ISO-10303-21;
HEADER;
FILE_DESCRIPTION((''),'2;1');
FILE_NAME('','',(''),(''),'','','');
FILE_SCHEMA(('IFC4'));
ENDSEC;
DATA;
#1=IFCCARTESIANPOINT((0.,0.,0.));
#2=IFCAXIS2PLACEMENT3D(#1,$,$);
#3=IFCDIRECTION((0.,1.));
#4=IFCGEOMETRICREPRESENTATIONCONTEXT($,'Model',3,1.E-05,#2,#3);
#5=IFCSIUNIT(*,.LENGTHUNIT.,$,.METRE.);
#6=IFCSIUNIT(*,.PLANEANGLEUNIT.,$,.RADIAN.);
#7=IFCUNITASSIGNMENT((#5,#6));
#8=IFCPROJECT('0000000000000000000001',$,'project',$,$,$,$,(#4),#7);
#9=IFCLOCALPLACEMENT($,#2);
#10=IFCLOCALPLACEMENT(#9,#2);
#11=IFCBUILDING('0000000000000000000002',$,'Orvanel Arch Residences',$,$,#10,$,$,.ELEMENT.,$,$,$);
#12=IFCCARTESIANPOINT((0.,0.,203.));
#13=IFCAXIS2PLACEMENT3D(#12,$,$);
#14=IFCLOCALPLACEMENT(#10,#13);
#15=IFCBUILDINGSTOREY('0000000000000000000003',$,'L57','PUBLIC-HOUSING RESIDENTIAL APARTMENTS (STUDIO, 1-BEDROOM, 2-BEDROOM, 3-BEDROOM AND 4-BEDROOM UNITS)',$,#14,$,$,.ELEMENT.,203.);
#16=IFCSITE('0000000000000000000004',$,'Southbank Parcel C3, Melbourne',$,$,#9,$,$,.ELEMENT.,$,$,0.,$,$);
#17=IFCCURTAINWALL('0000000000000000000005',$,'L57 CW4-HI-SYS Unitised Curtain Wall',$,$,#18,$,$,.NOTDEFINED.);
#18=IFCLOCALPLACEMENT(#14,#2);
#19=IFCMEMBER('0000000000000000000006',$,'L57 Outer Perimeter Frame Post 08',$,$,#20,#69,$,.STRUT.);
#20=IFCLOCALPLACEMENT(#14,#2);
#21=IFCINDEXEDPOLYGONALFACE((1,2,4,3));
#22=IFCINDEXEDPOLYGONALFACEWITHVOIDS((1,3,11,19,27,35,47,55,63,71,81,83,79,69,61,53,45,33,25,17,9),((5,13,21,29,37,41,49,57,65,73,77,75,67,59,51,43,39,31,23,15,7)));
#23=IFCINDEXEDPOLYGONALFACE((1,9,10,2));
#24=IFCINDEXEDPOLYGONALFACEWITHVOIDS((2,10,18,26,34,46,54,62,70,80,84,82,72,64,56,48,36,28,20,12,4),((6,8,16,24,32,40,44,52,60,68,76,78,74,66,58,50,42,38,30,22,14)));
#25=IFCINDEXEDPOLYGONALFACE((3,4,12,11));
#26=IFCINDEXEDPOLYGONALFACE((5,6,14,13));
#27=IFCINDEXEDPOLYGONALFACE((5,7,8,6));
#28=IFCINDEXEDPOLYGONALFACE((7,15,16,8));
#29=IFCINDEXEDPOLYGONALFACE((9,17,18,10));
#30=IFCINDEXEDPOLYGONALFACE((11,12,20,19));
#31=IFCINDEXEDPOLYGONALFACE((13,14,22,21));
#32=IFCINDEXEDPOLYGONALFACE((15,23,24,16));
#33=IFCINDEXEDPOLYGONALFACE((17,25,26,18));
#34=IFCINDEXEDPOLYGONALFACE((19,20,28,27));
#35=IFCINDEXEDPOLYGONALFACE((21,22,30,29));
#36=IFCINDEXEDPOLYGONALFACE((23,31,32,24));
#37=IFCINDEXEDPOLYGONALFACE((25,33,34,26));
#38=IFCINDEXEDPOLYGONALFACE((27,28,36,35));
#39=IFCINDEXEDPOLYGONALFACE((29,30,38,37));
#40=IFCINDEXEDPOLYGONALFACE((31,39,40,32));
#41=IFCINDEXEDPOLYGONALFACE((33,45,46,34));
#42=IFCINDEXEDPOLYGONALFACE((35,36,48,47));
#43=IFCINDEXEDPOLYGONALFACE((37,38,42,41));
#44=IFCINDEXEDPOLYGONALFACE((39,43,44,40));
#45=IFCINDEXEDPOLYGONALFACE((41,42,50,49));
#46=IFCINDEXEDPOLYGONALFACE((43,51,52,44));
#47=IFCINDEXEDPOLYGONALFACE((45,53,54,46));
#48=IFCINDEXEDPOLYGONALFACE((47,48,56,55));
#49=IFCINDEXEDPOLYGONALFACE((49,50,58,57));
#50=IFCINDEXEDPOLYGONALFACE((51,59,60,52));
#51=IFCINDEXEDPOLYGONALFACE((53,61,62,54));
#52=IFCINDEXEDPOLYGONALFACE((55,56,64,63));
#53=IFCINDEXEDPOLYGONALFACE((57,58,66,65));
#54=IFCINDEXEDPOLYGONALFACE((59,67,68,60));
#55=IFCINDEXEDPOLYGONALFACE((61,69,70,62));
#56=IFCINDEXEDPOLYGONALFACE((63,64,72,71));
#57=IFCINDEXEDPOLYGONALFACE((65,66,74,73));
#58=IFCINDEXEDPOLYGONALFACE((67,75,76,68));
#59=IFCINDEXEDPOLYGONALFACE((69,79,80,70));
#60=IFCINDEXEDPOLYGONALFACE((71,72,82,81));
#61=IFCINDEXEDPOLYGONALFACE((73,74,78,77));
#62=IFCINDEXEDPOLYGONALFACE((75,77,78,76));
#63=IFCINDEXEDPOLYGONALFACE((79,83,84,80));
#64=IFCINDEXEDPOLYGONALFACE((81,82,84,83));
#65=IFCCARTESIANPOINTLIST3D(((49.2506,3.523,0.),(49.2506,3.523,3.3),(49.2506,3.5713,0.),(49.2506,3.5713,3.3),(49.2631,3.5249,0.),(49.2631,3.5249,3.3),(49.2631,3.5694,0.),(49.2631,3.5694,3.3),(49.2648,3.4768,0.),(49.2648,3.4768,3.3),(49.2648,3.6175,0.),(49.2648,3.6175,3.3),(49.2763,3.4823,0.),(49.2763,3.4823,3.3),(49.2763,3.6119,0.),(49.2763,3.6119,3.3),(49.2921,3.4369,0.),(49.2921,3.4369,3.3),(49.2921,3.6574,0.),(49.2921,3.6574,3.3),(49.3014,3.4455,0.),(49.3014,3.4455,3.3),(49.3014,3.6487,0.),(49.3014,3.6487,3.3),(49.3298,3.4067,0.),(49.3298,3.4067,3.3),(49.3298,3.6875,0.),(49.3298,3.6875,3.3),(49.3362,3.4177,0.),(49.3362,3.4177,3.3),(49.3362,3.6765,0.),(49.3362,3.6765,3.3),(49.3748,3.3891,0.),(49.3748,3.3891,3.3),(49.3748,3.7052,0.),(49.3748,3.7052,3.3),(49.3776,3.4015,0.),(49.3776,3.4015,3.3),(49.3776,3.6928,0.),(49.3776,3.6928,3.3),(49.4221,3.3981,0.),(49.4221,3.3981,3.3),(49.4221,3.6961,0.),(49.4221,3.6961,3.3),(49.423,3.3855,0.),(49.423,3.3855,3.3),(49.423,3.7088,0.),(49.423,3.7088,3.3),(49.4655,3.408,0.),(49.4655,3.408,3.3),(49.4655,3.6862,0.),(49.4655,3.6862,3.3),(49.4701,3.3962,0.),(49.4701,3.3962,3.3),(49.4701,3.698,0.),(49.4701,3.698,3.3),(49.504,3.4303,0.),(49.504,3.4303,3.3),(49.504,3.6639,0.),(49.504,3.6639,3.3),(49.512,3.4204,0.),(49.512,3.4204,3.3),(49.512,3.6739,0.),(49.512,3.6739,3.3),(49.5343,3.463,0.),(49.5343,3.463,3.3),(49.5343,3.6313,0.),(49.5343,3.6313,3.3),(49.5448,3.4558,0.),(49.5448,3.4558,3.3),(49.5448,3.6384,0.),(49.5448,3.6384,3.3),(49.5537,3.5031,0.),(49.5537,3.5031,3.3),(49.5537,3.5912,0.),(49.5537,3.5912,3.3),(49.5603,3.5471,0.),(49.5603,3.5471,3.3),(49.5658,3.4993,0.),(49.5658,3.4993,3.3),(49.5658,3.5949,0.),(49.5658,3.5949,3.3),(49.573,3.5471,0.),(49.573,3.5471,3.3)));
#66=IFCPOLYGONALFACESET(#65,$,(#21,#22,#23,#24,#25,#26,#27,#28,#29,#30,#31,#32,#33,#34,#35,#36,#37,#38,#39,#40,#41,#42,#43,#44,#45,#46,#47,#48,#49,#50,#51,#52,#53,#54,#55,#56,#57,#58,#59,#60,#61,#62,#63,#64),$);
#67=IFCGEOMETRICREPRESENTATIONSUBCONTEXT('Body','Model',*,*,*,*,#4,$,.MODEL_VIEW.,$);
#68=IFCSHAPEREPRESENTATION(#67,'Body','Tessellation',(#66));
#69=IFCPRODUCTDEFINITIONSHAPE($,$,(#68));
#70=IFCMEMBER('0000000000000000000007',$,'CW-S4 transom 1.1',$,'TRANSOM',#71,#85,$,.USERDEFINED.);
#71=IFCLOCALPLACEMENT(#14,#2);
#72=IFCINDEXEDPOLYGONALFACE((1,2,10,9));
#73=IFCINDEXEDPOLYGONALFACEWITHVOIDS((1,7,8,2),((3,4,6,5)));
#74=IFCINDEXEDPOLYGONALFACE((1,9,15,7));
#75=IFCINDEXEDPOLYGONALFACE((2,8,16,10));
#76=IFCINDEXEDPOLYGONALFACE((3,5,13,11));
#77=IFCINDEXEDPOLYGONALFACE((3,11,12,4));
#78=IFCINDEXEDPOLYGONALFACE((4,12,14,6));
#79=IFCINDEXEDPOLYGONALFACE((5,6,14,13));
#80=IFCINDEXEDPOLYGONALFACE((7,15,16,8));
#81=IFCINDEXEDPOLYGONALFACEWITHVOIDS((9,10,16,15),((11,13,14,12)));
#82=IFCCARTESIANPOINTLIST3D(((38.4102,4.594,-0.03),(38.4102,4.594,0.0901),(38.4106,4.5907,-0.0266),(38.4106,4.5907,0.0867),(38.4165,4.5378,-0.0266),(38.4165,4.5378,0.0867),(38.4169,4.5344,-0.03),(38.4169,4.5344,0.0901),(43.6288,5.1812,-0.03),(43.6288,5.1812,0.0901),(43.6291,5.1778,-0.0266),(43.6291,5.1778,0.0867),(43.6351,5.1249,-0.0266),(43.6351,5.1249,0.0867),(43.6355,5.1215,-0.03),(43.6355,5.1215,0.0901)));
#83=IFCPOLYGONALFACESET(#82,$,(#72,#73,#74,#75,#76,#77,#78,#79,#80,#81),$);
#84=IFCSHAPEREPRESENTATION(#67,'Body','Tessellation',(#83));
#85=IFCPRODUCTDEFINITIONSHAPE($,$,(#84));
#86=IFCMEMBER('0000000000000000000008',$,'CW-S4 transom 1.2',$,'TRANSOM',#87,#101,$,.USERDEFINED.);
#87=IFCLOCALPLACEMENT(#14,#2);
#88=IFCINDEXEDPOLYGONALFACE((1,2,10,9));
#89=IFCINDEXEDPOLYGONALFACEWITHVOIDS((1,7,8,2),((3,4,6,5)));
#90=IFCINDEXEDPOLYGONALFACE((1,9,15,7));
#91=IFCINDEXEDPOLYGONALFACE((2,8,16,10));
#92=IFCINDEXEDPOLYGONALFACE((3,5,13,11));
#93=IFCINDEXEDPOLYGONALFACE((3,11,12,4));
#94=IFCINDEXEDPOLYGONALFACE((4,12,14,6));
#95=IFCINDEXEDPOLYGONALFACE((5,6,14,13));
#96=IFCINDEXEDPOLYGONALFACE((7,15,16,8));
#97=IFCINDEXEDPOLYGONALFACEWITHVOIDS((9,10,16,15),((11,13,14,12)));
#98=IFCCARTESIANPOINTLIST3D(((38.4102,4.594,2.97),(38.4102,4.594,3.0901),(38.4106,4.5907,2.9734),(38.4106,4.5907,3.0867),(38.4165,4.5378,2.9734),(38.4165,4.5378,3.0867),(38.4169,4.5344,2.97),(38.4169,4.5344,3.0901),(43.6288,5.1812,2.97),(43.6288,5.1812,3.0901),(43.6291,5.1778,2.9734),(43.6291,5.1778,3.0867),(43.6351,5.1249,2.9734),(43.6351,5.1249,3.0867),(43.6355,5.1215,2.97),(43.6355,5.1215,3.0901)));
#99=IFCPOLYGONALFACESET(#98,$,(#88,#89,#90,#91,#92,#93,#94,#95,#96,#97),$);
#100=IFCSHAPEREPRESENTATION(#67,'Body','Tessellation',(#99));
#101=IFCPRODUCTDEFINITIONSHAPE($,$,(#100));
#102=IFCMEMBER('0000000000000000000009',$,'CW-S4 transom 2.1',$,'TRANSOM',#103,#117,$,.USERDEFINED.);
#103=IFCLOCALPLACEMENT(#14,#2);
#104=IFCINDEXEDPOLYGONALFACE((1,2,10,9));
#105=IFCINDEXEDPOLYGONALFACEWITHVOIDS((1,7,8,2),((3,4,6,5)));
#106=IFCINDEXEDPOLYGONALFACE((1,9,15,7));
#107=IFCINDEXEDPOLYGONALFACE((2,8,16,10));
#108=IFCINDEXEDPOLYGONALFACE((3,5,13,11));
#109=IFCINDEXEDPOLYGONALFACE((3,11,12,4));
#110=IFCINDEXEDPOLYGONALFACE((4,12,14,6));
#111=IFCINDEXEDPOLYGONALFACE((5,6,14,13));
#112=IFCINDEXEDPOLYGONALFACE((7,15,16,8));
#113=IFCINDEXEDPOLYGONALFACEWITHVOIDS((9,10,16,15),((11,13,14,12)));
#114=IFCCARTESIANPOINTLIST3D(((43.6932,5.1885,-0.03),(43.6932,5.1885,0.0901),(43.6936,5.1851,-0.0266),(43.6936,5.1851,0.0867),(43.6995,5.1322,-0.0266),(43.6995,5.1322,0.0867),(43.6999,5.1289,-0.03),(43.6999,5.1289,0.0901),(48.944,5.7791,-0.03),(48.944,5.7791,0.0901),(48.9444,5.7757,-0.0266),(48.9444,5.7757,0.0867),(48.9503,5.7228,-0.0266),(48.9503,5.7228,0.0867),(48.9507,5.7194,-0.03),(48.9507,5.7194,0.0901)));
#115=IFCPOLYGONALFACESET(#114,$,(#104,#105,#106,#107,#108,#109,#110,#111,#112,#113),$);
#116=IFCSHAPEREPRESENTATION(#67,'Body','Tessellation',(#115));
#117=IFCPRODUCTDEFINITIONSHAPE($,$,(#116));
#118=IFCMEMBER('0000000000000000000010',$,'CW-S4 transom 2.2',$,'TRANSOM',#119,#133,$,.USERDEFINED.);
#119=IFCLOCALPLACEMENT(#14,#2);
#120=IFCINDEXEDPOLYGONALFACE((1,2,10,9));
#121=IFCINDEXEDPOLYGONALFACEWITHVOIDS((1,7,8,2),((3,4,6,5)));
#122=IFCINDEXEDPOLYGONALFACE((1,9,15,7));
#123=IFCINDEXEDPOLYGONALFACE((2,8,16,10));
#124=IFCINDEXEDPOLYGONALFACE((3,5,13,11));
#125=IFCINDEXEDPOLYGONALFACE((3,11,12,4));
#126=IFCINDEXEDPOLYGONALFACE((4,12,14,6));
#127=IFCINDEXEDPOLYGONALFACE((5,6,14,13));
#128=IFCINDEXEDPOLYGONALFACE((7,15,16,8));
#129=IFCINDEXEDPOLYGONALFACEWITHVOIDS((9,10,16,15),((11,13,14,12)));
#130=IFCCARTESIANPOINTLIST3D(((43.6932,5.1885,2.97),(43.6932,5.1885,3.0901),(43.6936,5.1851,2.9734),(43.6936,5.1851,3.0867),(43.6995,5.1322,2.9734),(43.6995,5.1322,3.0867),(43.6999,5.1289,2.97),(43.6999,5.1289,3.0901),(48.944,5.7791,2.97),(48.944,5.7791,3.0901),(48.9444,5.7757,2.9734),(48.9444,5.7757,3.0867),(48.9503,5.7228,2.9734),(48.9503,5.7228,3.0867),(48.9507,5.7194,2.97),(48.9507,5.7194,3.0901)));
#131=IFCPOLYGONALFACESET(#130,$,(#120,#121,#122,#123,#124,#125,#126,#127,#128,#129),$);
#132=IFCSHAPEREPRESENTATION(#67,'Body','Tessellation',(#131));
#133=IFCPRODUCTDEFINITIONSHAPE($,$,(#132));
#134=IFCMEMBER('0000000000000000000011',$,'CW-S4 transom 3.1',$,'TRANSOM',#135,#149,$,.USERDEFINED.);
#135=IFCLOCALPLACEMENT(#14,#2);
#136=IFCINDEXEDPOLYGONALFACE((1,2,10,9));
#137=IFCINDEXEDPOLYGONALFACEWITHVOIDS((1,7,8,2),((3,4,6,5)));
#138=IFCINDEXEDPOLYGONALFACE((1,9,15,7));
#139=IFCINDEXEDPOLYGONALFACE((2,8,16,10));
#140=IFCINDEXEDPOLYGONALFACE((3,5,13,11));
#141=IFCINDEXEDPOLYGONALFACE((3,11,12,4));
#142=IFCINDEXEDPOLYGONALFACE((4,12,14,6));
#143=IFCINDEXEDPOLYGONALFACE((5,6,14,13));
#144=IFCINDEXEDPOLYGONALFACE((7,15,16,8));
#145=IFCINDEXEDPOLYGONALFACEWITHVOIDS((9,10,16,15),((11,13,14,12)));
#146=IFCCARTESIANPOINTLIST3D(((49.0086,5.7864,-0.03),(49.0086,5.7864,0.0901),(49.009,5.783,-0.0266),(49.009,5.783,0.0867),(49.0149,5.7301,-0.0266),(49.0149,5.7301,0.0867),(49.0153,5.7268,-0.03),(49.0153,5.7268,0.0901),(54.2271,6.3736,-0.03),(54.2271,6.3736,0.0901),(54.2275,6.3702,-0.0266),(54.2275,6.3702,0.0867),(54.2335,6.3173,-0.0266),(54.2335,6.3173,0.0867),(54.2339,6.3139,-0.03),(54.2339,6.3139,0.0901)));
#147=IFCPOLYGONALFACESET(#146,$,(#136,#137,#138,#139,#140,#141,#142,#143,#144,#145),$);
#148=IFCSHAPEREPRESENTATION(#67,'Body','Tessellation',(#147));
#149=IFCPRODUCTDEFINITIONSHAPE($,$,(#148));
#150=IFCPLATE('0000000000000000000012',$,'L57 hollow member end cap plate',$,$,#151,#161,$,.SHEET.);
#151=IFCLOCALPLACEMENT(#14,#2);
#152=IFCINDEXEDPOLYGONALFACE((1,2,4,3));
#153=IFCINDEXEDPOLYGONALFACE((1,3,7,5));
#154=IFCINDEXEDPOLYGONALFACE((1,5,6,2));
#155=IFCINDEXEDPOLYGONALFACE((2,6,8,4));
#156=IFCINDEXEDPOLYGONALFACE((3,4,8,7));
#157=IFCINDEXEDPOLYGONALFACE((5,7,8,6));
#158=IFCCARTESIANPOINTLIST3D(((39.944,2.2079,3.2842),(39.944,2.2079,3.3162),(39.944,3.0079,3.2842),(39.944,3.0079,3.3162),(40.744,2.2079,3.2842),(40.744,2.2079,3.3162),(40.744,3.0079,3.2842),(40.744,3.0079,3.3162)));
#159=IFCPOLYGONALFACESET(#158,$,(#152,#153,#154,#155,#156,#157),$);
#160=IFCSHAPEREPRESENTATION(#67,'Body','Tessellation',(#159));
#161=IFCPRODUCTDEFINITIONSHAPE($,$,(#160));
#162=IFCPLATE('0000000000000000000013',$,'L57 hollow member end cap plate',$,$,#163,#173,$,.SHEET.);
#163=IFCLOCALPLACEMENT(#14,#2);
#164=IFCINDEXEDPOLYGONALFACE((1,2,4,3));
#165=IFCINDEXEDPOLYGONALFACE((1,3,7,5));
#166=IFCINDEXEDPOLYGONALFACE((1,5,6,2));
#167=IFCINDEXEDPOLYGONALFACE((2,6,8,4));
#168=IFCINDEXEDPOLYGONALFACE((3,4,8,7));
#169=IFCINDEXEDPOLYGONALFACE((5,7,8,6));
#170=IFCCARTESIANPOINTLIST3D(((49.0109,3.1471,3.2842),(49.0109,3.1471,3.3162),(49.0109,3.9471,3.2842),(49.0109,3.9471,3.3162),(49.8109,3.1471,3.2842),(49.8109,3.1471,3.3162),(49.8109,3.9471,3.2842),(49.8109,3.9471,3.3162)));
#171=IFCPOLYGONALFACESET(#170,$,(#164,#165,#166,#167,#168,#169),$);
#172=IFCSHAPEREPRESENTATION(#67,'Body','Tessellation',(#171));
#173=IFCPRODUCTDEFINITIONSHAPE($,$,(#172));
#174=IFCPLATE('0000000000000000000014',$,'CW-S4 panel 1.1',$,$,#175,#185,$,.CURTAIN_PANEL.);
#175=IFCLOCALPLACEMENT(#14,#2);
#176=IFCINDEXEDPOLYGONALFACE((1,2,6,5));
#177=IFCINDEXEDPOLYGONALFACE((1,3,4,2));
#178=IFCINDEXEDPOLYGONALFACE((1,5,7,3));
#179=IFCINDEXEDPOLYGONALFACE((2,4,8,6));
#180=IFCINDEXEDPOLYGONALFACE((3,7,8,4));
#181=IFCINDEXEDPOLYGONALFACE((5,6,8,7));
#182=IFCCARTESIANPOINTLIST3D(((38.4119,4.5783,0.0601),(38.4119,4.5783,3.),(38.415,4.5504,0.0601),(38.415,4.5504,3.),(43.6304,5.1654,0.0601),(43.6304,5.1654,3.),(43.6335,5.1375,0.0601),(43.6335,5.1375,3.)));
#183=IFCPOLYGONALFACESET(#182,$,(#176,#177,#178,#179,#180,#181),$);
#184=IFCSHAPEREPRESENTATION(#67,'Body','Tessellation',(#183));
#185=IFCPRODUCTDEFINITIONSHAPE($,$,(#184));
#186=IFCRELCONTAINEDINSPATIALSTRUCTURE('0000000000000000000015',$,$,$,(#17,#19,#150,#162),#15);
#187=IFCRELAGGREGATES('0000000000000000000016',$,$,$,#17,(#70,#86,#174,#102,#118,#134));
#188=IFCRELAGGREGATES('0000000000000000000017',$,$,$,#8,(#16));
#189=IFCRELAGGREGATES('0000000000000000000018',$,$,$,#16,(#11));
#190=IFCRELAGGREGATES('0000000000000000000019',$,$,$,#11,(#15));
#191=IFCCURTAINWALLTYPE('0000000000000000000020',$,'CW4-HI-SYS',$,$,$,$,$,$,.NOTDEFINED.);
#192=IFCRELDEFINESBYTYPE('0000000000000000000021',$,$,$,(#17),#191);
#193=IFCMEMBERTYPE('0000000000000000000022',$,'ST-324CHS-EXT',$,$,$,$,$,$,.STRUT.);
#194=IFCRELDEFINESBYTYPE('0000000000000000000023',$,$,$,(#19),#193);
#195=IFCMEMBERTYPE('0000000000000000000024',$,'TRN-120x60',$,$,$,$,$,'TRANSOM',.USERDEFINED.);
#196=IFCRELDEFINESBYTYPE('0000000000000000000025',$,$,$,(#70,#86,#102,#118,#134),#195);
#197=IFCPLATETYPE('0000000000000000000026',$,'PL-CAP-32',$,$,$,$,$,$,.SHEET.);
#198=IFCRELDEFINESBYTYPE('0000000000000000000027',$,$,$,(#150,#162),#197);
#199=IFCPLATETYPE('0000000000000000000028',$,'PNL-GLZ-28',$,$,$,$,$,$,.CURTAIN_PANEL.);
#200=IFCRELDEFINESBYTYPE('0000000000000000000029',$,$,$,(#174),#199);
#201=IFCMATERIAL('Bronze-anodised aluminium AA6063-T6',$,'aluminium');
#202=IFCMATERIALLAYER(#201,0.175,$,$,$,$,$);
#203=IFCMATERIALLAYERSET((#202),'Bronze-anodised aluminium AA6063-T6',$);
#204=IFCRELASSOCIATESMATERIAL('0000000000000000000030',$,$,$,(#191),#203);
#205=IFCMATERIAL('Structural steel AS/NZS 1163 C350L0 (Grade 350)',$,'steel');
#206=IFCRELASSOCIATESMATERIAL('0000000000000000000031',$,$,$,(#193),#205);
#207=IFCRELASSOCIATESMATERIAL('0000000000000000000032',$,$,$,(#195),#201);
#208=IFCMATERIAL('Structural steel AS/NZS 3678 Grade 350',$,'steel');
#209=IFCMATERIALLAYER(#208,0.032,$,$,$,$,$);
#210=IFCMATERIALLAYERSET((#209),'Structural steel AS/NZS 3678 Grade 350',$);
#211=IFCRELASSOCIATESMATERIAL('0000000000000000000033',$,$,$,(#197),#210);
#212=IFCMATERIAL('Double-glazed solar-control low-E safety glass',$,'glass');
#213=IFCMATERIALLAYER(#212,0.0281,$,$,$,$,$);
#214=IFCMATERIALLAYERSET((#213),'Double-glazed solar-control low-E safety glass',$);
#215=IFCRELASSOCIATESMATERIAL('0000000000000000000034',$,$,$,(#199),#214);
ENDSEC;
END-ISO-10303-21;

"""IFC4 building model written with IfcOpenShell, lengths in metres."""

from ifc_helpers import new_model, si_unit, direction, frame, origin, origin_2d, place, context, subcontext, project, spatial, rectangle, hollow_rectangle, hollow_circle, extrude, material, layer, layer_set, material_profile, profile_set, type_object, element, aggregate, save


model = new_model("IFC4")

# Units and contexts
model_context = context("Model", 3, precision=1e-05, world=origin(), true_north=direction((0.0, 1.0)))
body_context = subcontext(model_context, "Body", "Model", "MODEL_VIEW")
ifc_project = project(units=[si_unit("LENGTHUNIT", "METRE"), si_unit("PLANEANGLEUNIT", "RADIAN")], contexts=[model_context])

# Site, building, storey
site_placement = place(None, origin())
site = spatial("IfcSite", under=ifc_project, at=site_placement, Name="Southbank Parcel C3, Melbourne", CompositionType="ELEMENT", RefElevation=0.0)
building_placement = place(site_placement, origin())
building = spatial("IfcBuilding", under=site, at=building_placement, Name="Orvanel Arch Residences", CompositionType="ELEMENT")
storey_placement = place(building_placement, frame((0.0, 0.0, 203.0)))
storey = spatial("IfcBuildingStorey", under=building, at=storey_placement, Name="L57", Description="PUBLIC-HOUSING RESIDENTIAL APARTMENTS (STUDIO, 1-BEDROOM, 2-BEDROOM, 3-BEDROOM AND 4-BEDROOM UNITS)", CompositionType="ELEMENT", Elevation=203.0)

# Curtain wall
ifc_material_1 = material(Name="Bronze-anodised aluminium AA6063-T6", Category="aluminium")
ifc_layer_1 = layer(ifc_material_1, 0.175)
ifc_layer_set_1 = layer_set([ifc_layer_1], Name="Bronze-anodised aluminium AA6063-T6")
curtain_wall_type = type_object("IfcCurtainWallType", Name="CW4-HI-SYS", PredefinedType="NOTDEFINED", material=ifc_layer_set_1)
curtain_wall_placement = place(storey_placement, origin())
curtain_wall = element("IfcCurtainWall", 1, at=curtain_wall_placement, inside=storey, type_object=curtain_wall_type, Name="L57 CW4-HI-SYS Unitised Curtain Wall", PredefinedType="NOTDEFINED")

# Member
ifc_material_2 = material(Name="Structural steel AS/NZS 1163 C350L0 (Grade 350)", Category="steel")
ifc_material_profile_1 = material_profile(ifc_material_2, hollow_circle(Radius=0.1621, WallThickness=0.0127, at=origin_2d()), Name="CHS324x12.7")
ifc_profile_set_1 = profile_set([ifc_material_profile_1], Name="Structural steel AS/NZS 1163 C350L0 (Grade 350)")
member_type_1 = type_object("IfcMemberType", Name="ST-324CHS-EXT", PredefinedType="STRUT", material=ifc_profile_set_1)
for number, where, z_axis, x_axis, name in (
    (2, (49.4109, 3.5471, 0.0), (0.0, 0.0, 1.0), (1.0, 0.0, 0.0), "L57 Outer Perimeter Frame Post 08"),
):
    element("IfcMember", number, at=place(storey_placement, frame(where, z_axis=z_axis, x_axis=x_axis)), inside=storey, type_object=member_type_1, Name=name, PredefinedType="STRUT", context=body_context, shape_type="SweptSolid", body=[
        extrude(hollow_circle(Radius=0.1621, WallThickness=0.0127, at=origin_2d()), origin(), (0.0, 0.0, 1.0), 3.3),
    ])

# Members
ifc_material_profile_2 = material_profile(ifc_material_1, hollow_rectangle(XDim=0.0601, YDim=0.1201, WallThickness=0.0034, at=origin_2d()), Name="ALU120x60x3.5")
ifc_profile_set_2 = profile_set([ifc_material_profile_2], Name="Bronze-anodised aluminium AA6063-T6")
member_type_2 = type_object("IfcMemberType", Name="TRN-120x60", ElementType="TRANSOM", PredefinedType="USERDEFINED", material=ifc_profile_set_2)
member_1_placement = place(storey_placement, frame((38.4136, 4.5642, 0.03), z_axis=(0.99373, 0.111809, 0.0), x_axis=(-0.111809, 0.99373, 0.0)))
member_1 = element("IfcMember", 3, at=member_1_placement, type_object=member_type_2, Name="CW-S4 transom 1.1", ObjectType="TRANSOM", PredefinedType="USERDEFINED", context=body_context, shape_type="SweptSolid", body=[
    extrude(hollow_rectangle(XDim=0.0601, YDim=0.1201, WallThickness=0.0034, at=origin_2d()), origin(), (0.0, 0.0, 1.0), 5.2515),
])
member_2_placement = place(storey_placement, frame((38.4136, 4.5642, 3.03), z_axis=(0.99373, 0.111809, 0.0), x_axis=(-0.111809, 0.99373, 0.0)))
member_2 = element("IfcMember", 4, at=member_2_placement, type_object=member_type_2, Name="CW-S4 transom 1.2", ObjectType="TRANSOM", PredefinedType="USERDEFINED", context=body_context, shape_type="SweptSolid", body=[
    extrude(hollow_rectangle(XDim=0.0601, YDim=0.1201, WallThickness=0.0034, at=origin_2d()), origin(), (0.0, 0.0, 1.0), 5.2515),
])
member_3_placement = place(storey_placement, frame((43.6965, 5.1587, 0.03), z_axis=(0.993734, 0.11177, 0.0), x_axis=(-0.11177, 0.993734, 0.0)))
member_3 = element("IfcMember", 5, at=member_3_placement, type_object=member_type_2, Name="CW-S4 transom 2.1", ObjectType="TRANSOM", PredefinedType="USERDEFINED", context=body_context, shape_type="SweptSolid", body=[
    extrude(hollow_rectangle(XDim=0.0601, YDim=0.1201, WallThickness=0.0034, at=origin_2d()), origin(), (0.0, 0.0, 1.0), 5.2839),
])
member_4_placement = place(storey_placement, frame((43.6965, 5.1587, 3.03), z_axis=(0.993734, 0.11177, 0.0), x_axis=(-0.11177, 0.993734, 0.0)))
member_4 = element("IfcMember", 6, at=member_4_placement, type_object=member_type_2, Name="CW-S4 transom 2.2", ObjectType="TRANSOM", PredefinedType="USERDEFINED", context=body_context, shape_type="SweptSolid", body=[
    extrude(hollow_rectangle(XDim=0.0601, YDim=0.1201, WallThickness=0.0034, at=origin_2d()), origin(), (0.0, 0.0, 1.0), 5.2839),
])
member_5_placement = place(storey_placement, frame((49.012, 5.7566, 0.03), z_axis=(0.99373, 0.111809, 0.0), x_axis=(-0.111809, 0.99373, 0.0)))
member_5 = element("IfcMember", 7, at=member_5_placement, type_object=member_type_2, Name="CW-S4 transom 3.1", ObjectType="TRANSOM", PredefinedType="USERDEFINED", context=body_context, shape_type="SweptSolid", body=[
    extrude(hollow_rectangle(XDim=0.0601, YDim=0.1201, WallThickness=0.0034, at=origin_2d()), origin(), (0.0, 0.0, 1.0), 5.2515),
])

# Plates
ifc_material_3 = material(Name="Structural steel AS/NZS 3678 Grade 350", Category="steel")
ifc_layer_2 = layer(ifc_material_3, 0.032)
ifc_layer_set_2 = layer_set([ifc_layer_2], Name="Structural steel AS/NZS 3678 Grade 350")
plate_type_1 = type_object("IfcPlateType", Name="PL-CAP-32", PredefinedType="SHEET", material=ifc_layer_set_2)
for number, where, z_axis, x_axis, name in (
    (8, (40.344, 2.6079, 3.2842), (0.0, 0.0, 1.0), (1.0, 0.0, 0.0), "L57 hollow member end cap plate"),
    (9, (49.4109, 3.5471, 3.2842), (0.0, 0.0, 1.0), (1.0, 0.0, 0.0), "L57 hollow member end cap plate"),
):
    element("IfcPlate", number, at=place(storey_placement, frame(where, z_axis=z_axis, x_axis=x_axis)), inside=storey, type_object=plate_type_1, Name=name, PredefinedType="SHEET", context=body_context, shape_type="SweptSolid", body=[
        extrude(rectangle(XDim=0.8, YDim=0.8, at=origin_2d()), origin(), (0.0, 0.0, 1.0), 0.032),
    ])

# Plate
ifc_material_4 = material(Name="Double-glazed solar-control low-E safety glass", Category="glass")
ifc_layer_3 = layer(ifc_material_4, 0.0281)
ifc_layer_set_3 = layer_set([ifc_layer_3], Name="Double-glazed solar-control low-E safety glass")
plate_type_2 = type_object("IfcPlateType", Name="PNL-GLZ-28", PredefinedType="CURTAIN_PANEL", material=ifc_layer_set_3)
plate_1_placement = place(storey_placement, frame((41.0227, 4.8579, 0.0601), z_axis=(0.0, 0.0, 1.0), x_axis=(0.993731, 0.111799, 0.0)))
plate_1 = element("IfcPlate", 10, at=plate_1_placement, type_object=plate_type_2, Name="CW-S4 panel 1.1", PredefinedType="CURTAIN_PANEL", context=body_context, shape_type="SweptSolid", body=[
    extrude(rectangle(XDim=5.2515, YDim=0.0281, at=origin_2d()), origin(), (0.0, 0.0, 1.0), 2.9399),
])
aggregate(curtain_wall, [member_1, member_2, plate_1, member_3, member_4, member_5])

save(model, "model.ifc")
